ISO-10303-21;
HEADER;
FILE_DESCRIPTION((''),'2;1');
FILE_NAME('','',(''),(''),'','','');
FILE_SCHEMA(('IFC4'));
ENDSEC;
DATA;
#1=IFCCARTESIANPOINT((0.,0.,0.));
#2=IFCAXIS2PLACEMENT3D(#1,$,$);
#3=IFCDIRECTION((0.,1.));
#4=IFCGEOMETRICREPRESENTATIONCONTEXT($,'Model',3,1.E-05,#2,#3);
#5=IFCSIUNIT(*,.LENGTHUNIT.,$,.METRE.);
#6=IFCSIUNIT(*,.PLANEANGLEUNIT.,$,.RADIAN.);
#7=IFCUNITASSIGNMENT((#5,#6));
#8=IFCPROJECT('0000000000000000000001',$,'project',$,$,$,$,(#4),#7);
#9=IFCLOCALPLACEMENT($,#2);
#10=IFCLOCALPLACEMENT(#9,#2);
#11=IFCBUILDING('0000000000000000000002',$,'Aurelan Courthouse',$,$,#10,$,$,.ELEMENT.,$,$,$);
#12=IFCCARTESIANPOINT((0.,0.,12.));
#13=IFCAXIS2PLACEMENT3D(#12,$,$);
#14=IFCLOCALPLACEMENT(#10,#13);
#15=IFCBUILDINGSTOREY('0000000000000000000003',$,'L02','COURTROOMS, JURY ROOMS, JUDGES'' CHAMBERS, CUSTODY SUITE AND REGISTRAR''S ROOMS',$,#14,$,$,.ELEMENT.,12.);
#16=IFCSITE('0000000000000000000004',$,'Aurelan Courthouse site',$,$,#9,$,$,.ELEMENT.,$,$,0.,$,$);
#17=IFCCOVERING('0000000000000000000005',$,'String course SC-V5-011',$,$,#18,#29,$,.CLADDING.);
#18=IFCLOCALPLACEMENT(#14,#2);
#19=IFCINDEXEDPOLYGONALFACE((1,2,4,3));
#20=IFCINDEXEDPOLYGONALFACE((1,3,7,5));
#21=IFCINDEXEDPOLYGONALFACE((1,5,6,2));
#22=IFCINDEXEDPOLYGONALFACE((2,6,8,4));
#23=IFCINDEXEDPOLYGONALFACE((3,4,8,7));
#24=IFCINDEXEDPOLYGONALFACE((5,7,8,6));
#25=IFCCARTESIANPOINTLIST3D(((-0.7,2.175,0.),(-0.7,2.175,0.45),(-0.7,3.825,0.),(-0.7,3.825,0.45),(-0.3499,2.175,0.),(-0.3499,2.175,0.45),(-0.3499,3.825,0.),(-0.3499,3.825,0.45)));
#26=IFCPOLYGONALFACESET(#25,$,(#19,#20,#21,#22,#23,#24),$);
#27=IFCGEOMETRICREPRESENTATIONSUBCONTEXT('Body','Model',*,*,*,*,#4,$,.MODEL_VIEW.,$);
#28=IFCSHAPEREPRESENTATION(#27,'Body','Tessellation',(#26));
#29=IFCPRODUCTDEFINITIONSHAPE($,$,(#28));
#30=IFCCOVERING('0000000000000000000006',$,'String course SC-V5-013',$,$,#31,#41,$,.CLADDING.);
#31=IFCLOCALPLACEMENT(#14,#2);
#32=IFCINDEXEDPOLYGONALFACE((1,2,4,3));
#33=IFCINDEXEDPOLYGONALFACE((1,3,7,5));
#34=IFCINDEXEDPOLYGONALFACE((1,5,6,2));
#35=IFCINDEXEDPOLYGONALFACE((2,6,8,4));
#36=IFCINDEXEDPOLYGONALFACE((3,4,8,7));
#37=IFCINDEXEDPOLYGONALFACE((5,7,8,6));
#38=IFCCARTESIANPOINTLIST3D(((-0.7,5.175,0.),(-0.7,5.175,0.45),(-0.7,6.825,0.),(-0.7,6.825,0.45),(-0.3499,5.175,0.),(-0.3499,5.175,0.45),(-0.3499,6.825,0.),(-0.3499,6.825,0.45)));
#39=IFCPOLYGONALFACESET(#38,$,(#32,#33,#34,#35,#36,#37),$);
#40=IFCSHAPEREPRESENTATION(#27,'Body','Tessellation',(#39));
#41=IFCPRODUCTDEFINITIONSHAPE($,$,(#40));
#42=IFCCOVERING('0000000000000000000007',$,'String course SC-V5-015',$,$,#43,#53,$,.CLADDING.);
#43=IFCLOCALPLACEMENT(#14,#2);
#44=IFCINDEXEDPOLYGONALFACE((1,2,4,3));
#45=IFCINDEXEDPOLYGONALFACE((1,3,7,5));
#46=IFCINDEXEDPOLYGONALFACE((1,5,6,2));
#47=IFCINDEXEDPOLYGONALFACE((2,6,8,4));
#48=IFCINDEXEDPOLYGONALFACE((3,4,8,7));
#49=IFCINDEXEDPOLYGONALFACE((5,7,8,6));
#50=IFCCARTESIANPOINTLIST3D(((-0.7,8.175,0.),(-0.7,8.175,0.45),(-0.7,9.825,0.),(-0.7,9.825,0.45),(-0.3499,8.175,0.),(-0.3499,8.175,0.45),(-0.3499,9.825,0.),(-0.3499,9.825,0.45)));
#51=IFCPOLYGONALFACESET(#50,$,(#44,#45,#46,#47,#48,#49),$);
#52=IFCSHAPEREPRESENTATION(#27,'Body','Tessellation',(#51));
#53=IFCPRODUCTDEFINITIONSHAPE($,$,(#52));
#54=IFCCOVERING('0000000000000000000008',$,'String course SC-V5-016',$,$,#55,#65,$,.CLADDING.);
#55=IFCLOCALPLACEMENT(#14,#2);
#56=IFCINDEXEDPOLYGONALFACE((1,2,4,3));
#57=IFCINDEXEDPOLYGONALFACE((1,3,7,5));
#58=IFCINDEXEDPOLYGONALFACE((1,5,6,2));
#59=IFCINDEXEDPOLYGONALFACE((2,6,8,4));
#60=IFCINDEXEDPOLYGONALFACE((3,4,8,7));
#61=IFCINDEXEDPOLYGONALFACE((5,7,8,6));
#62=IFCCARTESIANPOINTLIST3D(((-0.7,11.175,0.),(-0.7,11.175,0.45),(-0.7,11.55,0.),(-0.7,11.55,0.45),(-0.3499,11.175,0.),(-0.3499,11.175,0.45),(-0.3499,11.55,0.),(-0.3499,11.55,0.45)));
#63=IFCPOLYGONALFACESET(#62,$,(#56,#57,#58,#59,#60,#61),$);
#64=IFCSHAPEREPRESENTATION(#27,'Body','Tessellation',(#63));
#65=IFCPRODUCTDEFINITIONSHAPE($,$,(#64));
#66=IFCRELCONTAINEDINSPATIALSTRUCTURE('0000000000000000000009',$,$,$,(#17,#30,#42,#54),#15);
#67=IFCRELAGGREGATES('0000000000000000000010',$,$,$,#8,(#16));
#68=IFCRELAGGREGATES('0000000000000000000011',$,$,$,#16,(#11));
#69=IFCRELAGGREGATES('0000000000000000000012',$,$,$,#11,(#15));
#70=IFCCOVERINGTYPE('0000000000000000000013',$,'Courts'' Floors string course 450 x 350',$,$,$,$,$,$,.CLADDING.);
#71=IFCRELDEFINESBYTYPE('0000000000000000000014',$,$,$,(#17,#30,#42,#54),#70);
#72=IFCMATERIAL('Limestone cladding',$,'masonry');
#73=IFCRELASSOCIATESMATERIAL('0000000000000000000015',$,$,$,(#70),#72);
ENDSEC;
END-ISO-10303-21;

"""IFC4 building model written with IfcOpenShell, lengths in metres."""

from ifc_helpers import new_model, si_unit, direction, frame, origin, origin_2d, place, context, subcontext, project, spatial, rectangle, extrude, material, type_object, element, save


model = new_model("IFC4")

# Units and contexts
model_context = context("Model", 3, precision=1e-05, world=origin(), true_north=direction((0.0, 1.0)))
body_context = subcontext(model_context, "Body", "Model", "MODEL_VIEW")
ifc_project = project(units=[si_unit("LENGTHUNIT", "METRE"), si_unit("PLANEANGLEUNIT", "RADIAN")], contexts=[model_context])

# Site, building, storey
site_placement = place(None, origin())
site = spatial("IfcSite", under=ifc_project, at=site_placement, Name="Aurelan Courthouse site", CompositionType="ELEMENT", RefElevation=0.0)
building_placement = place(site_placement, origin())
building = spatial("IfcBuilding", under=site, at=building_placement, Name="Aurelan Courthouse", CompositionType="ELEMENT")
storey_placement = place(building_placement, frame((0.0, 0.0, 12.0)))
storey = spatial("IfcBuildingStorey", under=building, at=storey_placement, Name="L02", Description="COURTROOMS, JURY ROOMS, JUDGES' CHAMBERS, CUSTODY SUITE AND REGISTRAR'S ROOMS", CompositionType="ELEMENT", Elevation=12.0)

# Shared definitions
ifc_material_1 = material(Name="Limestone cladding", Category="masonry")

# Coverings
covering_type_1 = type_object("IfcCoveringType", Name="Courts' Floors string course 450 x 350", PredefinedType="CLADDING", material=ifc_material_1)
for number, where, z_axis, x_axis, name in (
    (1, (-0.5249, 3.0, 0.0), (0.0, 0.0, 1.0), (1.0, 0.0, 0.0), "String course SC-V5-011"),
    (2, (-0.5249, 6.0, 0.0), (0.0, 0.0, 1.0), (1.0, 0.0, 0.0), "String course SC-V5-013"),
    (3, (-0.5249, 9.0, 0.0), (0.0, 0.0, 1.0), (1.0, 0.0, 0.0), "String course SC-V5-015"),
):
    element("IfcCovering", number, at=place(storey_placement, frame(where, z_axis=z_axis, x_axis=x_axis)), inside=storey, type_object=covering_type_1, Name=name, PredefinedType="CLADDING", context=body_context, shape_type="SweptSolid", body=[
        extrude(rectangle(XDim=0.3501, YDim=1.6499, at=origin_2d()), origin(), (0.0, 0.0, 1.0), 0.45),
    ])
covering_1_placement = place(storey_placement, frame((-0.5249, 11.3625, 0.0), z_axis=(0.0, 0.0, 1.0), x_axis=(1.0, 0.0, 0.0)))
element("IfcCovering", 4, at=covering_1_placement, inside=storey, type_object=covering_type_1, Name="String course SC-V5-016", PredefinedType="CLADDING", context=body_context, shape_type="SweptSolid", body=[
    extrude(rectangle(XDim=0.3501, YDim=0.375, at=origin_2d()), origin(), (0.0, 0.0, 1.0), 0.45),
])

save(model, "model.ifc")
